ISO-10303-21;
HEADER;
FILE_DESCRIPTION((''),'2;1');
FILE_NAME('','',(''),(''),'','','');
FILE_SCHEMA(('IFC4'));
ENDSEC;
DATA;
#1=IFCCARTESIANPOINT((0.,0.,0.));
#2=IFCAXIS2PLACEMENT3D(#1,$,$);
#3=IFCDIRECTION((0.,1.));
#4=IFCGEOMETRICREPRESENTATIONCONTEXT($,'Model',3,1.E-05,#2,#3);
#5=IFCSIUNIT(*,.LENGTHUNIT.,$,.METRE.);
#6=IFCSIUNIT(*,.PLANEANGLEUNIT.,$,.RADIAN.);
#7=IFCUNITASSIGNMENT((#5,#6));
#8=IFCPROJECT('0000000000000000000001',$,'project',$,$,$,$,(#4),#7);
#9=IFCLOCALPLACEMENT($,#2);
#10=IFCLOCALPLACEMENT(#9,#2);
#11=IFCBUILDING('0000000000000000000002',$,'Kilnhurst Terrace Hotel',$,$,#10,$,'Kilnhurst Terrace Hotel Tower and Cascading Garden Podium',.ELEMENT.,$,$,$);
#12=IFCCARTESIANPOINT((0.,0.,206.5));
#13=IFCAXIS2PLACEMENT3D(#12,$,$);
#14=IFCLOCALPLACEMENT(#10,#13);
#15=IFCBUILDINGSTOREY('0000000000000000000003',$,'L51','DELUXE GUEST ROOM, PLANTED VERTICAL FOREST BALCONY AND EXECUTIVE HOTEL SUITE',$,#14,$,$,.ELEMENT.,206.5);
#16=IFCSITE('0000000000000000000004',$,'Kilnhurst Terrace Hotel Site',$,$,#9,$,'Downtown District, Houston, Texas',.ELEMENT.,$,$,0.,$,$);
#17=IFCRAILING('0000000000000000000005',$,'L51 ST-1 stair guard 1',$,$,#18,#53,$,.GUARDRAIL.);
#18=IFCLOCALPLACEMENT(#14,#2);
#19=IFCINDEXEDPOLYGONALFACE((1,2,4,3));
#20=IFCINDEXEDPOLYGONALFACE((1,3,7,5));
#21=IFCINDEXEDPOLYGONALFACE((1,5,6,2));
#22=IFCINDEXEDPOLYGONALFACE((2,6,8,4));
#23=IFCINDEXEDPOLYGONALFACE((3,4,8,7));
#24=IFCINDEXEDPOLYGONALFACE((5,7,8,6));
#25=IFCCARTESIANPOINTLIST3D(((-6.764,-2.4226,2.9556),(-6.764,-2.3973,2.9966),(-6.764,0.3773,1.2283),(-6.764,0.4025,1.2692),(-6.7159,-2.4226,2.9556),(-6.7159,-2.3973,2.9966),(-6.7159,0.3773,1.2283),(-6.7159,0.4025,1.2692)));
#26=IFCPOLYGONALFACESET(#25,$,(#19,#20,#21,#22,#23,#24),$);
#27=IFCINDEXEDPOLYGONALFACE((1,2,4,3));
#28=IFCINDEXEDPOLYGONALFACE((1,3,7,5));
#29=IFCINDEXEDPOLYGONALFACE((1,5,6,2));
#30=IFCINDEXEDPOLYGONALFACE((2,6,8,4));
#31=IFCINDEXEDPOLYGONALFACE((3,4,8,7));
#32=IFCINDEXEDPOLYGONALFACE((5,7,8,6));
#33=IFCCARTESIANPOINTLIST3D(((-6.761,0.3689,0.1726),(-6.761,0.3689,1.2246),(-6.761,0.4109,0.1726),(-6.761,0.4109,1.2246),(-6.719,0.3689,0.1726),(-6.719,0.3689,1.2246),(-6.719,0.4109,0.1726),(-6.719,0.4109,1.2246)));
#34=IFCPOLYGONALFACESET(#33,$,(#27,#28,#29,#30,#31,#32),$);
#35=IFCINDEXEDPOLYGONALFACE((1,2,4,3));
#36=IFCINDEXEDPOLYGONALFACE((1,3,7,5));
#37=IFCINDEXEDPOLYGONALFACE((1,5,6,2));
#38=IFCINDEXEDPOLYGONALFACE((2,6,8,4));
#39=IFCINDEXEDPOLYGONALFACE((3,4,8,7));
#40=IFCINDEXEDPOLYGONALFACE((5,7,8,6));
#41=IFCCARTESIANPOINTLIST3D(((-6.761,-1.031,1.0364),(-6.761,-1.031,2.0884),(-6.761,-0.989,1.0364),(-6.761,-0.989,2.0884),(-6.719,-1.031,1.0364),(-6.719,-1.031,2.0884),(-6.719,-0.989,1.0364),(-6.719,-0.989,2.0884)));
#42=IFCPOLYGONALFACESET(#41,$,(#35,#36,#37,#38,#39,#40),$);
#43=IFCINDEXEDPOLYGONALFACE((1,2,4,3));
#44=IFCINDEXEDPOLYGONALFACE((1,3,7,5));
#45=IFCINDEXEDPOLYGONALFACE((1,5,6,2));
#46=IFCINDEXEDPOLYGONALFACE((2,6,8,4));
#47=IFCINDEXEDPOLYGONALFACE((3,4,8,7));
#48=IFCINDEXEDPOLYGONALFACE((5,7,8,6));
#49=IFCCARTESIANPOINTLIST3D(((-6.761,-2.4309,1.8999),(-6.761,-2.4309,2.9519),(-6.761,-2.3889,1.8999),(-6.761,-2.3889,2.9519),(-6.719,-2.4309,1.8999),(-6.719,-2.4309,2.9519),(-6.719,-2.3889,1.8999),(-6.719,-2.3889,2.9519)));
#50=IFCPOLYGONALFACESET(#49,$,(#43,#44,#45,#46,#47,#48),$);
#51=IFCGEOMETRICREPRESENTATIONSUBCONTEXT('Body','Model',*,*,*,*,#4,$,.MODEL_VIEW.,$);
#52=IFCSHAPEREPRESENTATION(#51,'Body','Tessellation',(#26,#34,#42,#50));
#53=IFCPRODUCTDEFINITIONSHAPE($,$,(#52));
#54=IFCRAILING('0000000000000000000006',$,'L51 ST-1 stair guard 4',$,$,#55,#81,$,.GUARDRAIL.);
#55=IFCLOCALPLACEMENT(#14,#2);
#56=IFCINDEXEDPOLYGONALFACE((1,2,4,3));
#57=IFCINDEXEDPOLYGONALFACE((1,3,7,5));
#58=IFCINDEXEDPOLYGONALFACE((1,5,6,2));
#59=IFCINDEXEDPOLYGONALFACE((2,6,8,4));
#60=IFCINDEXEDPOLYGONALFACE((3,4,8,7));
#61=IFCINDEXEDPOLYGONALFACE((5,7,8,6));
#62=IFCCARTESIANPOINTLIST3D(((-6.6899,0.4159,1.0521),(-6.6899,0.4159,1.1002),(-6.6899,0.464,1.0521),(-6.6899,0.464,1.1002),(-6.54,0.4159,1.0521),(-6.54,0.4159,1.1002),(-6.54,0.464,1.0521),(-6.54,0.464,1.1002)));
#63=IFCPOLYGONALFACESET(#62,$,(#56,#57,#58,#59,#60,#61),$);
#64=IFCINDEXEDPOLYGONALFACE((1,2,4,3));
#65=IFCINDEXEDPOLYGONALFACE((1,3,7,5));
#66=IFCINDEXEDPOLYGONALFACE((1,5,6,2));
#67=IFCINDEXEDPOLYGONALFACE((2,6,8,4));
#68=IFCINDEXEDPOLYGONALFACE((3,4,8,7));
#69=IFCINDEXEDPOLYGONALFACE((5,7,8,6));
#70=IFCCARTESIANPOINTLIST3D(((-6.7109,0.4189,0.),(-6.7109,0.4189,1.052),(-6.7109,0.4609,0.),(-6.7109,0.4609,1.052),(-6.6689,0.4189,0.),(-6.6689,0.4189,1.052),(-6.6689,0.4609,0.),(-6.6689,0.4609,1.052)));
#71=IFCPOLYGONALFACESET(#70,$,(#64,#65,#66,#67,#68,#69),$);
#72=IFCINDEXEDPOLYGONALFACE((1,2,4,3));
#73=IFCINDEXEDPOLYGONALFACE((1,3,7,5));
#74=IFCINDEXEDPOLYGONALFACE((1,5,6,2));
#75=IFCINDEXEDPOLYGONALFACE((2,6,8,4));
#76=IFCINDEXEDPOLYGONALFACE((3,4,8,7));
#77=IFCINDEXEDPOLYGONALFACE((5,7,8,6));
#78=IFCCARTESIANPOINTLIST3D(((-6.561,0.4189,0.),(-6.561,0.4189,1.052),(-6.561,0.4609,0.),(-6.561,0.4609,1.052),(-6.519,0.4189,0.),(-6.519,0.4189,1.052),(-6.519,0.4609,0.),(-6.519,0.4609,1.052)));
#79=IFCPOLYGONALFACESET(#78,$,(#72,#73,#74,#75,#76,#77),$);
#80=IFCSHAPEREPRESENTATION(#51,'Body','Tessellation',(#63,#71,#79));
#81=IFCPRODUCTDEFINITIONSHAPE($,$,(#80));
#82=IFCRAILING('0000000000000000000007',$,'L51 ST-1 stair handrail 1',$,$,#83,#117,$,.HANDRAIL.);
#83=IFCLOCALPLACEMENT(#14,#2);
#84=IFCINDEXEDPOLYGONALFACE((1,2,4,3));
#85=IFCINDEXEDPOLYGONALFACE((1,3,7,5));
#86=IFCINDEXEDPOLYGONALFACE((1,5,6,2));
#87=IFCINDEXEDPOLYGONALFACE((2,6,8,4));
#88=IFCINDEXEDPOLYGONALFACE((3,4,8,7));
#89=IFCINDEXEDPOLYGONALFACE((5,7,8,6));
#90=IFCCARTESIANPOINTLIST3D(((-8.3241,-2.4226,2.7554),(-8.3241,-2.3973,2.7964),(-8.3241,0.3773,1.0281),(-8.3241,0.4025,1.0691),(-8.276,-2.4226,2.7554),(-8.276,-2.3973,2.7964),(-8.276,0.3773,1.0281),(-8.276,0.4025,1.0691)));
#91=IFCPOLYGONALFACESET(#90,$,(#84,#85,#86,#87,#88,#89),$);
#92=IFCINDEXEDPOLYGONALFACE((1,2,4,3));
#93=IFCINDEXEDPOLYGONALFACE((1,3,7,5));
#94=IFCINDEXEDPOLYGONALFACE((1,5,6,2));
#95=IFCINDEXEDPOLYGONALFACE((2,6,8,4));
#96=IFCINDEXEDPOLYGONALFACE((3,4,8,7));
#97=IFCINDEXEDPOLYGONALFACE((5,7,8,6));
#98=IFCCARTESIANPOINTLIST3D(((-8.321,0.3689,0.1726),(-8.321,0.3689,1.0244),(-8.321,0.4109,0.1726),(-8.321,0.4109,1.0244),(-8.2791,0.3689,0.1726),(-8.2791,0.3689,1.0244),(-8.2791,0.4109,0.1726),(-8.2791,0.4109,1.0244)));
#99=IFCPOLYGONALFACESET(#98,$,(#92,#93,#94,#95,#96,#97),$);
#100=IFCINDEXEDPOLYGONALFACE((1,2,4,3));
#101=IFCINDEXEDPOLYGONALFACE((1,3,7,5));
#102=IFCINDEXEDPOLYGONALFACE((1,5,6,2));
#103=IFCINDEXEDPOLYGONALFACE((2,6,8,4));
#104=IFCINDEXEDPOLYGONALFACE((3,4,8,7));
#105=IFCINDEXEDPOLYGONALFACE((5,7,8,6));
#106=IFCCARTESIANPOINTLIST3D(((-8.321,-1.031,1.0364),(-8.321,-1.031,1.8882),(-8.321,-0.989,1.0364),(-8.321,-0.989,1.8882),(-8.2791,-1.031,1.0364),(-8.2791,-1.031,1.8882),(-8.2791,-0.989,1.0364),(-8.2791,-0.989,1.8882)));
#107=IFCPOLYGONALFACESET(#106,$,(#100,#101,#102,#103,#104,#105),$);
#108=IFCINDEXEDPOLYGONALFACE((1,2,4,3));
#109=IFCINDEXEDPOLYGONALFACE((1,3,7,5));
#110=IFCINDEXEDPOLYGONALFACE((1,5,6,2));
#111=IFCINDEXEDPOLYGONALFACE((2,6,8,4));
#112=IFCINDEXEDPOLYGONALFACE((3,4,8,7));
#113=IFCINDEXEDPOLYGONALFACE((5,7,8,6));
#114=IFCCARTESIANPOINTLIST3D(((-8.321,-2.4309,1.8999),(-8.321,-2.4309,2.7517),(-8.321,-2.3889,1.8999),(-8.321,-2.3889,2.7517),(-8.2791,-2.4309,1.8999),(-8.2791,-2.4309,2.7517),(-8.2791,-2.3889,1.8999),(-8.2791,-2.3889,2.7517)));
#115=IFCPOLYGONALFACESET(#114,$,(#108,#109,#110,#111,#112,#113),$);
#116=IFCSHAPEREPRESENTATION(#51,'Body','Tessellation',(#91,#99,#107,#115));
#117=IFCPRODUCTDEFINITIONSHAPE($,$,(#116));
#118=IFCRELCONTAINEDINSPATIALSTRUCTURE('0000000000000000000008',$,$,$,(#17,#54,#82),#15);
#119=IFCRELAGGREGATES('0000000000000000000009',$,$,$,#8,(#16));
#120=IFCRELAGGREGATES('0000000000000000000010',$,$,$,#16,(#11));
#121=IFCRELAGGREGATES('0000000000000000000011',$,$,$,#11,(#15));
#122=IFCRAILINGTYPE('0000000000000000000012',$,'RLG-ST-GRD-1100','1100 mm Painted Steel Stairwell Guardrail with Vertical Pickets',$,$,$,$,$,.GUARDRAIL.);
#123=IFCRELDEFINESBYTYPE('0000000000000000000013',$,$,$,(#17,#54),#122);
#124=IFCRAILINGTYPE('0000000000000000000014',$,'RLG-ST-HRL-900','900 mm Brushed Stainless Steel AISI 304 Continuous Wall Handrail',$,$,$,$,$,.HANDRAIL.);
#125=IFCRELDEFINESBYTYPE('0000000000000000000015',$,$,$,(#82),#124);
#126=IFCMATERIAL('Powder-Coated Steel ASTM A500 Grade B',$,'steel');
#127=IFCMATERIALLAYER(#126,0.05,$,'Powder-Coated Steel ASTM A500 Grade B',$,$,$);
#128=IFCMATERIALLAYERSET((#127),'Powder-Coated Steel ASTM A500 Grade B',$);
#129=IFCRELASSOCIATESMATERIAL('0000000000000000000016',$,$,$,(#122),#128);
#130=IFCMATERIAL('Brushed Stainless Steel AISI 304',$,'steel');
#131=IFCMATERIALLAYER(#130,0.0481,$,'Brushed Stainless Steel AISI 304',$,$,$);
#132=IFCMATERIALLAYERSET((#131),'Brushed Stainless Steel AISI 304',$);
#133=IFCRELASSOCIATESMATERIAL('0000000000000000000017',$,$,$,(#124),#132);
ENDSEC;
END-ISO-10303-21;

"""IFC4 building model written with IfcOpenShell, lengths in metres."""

from ifc_helpers import new_model, si_unit, direction, frame, origin, origin_2d, place, context, subcontext, project, spatial, rectangle, extrude, material, layer, layer_set, type_object, element, save


model = new_model("IFC4")

# Units and contexts
model_context = context("Model", 3, precision=1e-05, world=origin(), true_north=direction((0.0, 1.0)))
body_context = subcontext(model_context, "Body", "Model", "MODEL_VIEW")
ifc_project = project(units=[si_unit("LENGTHUNIT", "METRE"), si_unit("PLANEANGLEUNIT", "RADIAN")], contexts=[model_context])

# Site, building, storey
site_placement = place(None, origin())
site = spatial("IfcSite", under=ifc_project, at=site_placement, Name="Kilnhurst Terrace Hotel Site", LongName="Downtown District, Houston, Texas", CompositionType="ELEMENT", RefElevation=0.0)
building_placement = place(site_placement, origin())
building = spatial("IfcBuilding", under=site, at=building_placement, Name="Kilnhurst Terrace Hotel", LongName="Kilnhurst Terrace Hotel Tower and Cascading Garden Podium", CompositionType="ELEMENT")
storey_placement = place(building_placement, frame((0.0, 0.0, 206.5)))
storey = spatial("IfcBuildingStorey", under=building, at=storey_placement, Name="L51", Description="DELUXE GUEST ROOM, PLANTED VERTICAL FOREST BALCONY AND EXECUTIVE HOTEL SUITE", CompositionType="ELEMENT", Elevation=206.5)

# Railings
ifc_material_1 = material(Name="Powder-Coated Steel ASTM A500 Grade B", Category="steel")
ifc_layer_1 = layer(ifc_material_1, 0.05, Name="Powder-Coated Steel ASTM A500 Grade B")
ifc_layer_set_1 = layer_set([ifc_layer_1], Name="Powder-Coated Steel ASTM A500 Grade B")
railing_type_1 = type_object("IfcRailingType", Name="RLG-ST-GRD-1100", Description="1100 mm Painted Steel Stairwell Guardrail with Vertical Pickets", PredefinedType="GUARDRAIL", material=ifc_layer_set_1)
railing_1_placement = place(storey_placement, frame((-6.74, 0.3899, 0.1726)))
element("IfcRailing", 1, at=railing_1_placement, inside=storey, type_object=railing_type_1, Name="L51 ST-1 stair guard 1", PredefinedType="GUARDRAIL", context=body_context, shape_type="SweptSolid", body=[
    extrude(rectangle(XDim=0.0481, YDim=0.0481, at=origin_2d()), frame((0.0, 0.0, 1.0762), z_axis=(0.0, -0.851069, 0.525054), x_axis=(1.0, 0.0, 0.0)), (0.0, 0.0, 1.0), 3.2898),
    extrude(rectangle(XDim=0.042, YDim=0.042, at=origin_2d()), origin(), (0.0, 0.0, 1.0), 1.052),
    extrude(rectangle(XDim=0.042, YDim=0.042, at=origin_2d()), frame((0.0, -1.3999, 0.8638)), (0.0, 0.0, 1.0), 1.052),
    extrude(rectangle(XDim=0.042, YDim=0.042, at=origin_2d()), frame((0.0, -2.7998, 1.7273)), (0.0, 0.0, 1.0), 1.052),
])
railing_2_placement = place(storey_placement, frame((-6.6899, 0.4399, 0.0)))
element("IfcRailing", 2, at=railing_2_placement, inside=storey, type_object=railing_type_1, Name="L51 ST-1 stair guard 4", PredefinedType="GUARDRAIL", context=body_context, shape_type="SweptSolid", body=[
    extrude(rectangle(XDim=0.0481, YDim=0.0481, at=origin_2d()), frame((0.0, 0.0, 1.0762), z_axis=(1.0, 0.0, 0.0), x_axis=(0.0, 1.0, 0.0)), (0.0, 0.0, 1.0), 0.1499),
    extrude(rectangle(XDim=0.042, YDim=0.042, at=origin_2d()), origin(), (0.0, 0.0, 1.0), 1.052),
    extrude(rectangle(XDim=0.042, YDim=0.042, at=origin_2d()), frame((0.1499, 0.0, 0.0)), (0.0, 0.0, 1.0), 1.052),
])
ifc_material_2 = material(Name="Brushed Stainless Steel AISI 304", Category="steel")
ifc_layer_2 = layer(ifc_material_2, 0.0481, Name="Brushed Stainless Steel AISI 304")
ifc_layer_set_2 = layer_set([ifc_layer_2], Name="Brushed Stainless Steel AISI 304")
railing_type_2 = type_object("IfcRailingType", Name="RLG-ST-HRL-900", Description="900 mm Brushed Stainless Steel AISI 304 Continuous Wall Handrail", PredefinedType="HANDRAIL", material=ifc_layer_set_2)
railing_3_placement = place(storey_placement, frame((-8.3, 0.3899, 0.1726)))
element("IfcRailing", 3, at=railing_3_placement, inside=storey, type_object=railing_type_2, Name="L51 ST-1 stair handrail 1", PredefinedType="HANDRAIL", context=body_context, shape_type="SweptSolid", body=[
    extrude(rectangle(XDim=0.0481, YDim=0.0481, at=origin_2d()), frame((0.0, 0.0, 0.876), z_axis=(0.0, -0.851069, 0.525054), x_axis=(1.0, 0.0, 0.0)), (0.0, 0.0, 1.0), 3.2898),
    extrude(rectangle(XDim=0.042, YDim=0.042, at=origin_2d()), origin(), (0.0, 0.0, 1.0), 0.8518),
    extrude(rectangle(XDim=0.042, YDim=0.042, at=origin_2d()), frame((0.0, -1.3999, 0.8638)), (0.0, 0.0, 1.0), 0.8518),
    extrude(rectangle(XDim=0.042, YDim=0.042, at=origin_2d()), frame((0.0, -2.7998, 1.7273)), (0.0, 0.0, 1.0), 0.8518),
])

save(model, "model.ifc")
